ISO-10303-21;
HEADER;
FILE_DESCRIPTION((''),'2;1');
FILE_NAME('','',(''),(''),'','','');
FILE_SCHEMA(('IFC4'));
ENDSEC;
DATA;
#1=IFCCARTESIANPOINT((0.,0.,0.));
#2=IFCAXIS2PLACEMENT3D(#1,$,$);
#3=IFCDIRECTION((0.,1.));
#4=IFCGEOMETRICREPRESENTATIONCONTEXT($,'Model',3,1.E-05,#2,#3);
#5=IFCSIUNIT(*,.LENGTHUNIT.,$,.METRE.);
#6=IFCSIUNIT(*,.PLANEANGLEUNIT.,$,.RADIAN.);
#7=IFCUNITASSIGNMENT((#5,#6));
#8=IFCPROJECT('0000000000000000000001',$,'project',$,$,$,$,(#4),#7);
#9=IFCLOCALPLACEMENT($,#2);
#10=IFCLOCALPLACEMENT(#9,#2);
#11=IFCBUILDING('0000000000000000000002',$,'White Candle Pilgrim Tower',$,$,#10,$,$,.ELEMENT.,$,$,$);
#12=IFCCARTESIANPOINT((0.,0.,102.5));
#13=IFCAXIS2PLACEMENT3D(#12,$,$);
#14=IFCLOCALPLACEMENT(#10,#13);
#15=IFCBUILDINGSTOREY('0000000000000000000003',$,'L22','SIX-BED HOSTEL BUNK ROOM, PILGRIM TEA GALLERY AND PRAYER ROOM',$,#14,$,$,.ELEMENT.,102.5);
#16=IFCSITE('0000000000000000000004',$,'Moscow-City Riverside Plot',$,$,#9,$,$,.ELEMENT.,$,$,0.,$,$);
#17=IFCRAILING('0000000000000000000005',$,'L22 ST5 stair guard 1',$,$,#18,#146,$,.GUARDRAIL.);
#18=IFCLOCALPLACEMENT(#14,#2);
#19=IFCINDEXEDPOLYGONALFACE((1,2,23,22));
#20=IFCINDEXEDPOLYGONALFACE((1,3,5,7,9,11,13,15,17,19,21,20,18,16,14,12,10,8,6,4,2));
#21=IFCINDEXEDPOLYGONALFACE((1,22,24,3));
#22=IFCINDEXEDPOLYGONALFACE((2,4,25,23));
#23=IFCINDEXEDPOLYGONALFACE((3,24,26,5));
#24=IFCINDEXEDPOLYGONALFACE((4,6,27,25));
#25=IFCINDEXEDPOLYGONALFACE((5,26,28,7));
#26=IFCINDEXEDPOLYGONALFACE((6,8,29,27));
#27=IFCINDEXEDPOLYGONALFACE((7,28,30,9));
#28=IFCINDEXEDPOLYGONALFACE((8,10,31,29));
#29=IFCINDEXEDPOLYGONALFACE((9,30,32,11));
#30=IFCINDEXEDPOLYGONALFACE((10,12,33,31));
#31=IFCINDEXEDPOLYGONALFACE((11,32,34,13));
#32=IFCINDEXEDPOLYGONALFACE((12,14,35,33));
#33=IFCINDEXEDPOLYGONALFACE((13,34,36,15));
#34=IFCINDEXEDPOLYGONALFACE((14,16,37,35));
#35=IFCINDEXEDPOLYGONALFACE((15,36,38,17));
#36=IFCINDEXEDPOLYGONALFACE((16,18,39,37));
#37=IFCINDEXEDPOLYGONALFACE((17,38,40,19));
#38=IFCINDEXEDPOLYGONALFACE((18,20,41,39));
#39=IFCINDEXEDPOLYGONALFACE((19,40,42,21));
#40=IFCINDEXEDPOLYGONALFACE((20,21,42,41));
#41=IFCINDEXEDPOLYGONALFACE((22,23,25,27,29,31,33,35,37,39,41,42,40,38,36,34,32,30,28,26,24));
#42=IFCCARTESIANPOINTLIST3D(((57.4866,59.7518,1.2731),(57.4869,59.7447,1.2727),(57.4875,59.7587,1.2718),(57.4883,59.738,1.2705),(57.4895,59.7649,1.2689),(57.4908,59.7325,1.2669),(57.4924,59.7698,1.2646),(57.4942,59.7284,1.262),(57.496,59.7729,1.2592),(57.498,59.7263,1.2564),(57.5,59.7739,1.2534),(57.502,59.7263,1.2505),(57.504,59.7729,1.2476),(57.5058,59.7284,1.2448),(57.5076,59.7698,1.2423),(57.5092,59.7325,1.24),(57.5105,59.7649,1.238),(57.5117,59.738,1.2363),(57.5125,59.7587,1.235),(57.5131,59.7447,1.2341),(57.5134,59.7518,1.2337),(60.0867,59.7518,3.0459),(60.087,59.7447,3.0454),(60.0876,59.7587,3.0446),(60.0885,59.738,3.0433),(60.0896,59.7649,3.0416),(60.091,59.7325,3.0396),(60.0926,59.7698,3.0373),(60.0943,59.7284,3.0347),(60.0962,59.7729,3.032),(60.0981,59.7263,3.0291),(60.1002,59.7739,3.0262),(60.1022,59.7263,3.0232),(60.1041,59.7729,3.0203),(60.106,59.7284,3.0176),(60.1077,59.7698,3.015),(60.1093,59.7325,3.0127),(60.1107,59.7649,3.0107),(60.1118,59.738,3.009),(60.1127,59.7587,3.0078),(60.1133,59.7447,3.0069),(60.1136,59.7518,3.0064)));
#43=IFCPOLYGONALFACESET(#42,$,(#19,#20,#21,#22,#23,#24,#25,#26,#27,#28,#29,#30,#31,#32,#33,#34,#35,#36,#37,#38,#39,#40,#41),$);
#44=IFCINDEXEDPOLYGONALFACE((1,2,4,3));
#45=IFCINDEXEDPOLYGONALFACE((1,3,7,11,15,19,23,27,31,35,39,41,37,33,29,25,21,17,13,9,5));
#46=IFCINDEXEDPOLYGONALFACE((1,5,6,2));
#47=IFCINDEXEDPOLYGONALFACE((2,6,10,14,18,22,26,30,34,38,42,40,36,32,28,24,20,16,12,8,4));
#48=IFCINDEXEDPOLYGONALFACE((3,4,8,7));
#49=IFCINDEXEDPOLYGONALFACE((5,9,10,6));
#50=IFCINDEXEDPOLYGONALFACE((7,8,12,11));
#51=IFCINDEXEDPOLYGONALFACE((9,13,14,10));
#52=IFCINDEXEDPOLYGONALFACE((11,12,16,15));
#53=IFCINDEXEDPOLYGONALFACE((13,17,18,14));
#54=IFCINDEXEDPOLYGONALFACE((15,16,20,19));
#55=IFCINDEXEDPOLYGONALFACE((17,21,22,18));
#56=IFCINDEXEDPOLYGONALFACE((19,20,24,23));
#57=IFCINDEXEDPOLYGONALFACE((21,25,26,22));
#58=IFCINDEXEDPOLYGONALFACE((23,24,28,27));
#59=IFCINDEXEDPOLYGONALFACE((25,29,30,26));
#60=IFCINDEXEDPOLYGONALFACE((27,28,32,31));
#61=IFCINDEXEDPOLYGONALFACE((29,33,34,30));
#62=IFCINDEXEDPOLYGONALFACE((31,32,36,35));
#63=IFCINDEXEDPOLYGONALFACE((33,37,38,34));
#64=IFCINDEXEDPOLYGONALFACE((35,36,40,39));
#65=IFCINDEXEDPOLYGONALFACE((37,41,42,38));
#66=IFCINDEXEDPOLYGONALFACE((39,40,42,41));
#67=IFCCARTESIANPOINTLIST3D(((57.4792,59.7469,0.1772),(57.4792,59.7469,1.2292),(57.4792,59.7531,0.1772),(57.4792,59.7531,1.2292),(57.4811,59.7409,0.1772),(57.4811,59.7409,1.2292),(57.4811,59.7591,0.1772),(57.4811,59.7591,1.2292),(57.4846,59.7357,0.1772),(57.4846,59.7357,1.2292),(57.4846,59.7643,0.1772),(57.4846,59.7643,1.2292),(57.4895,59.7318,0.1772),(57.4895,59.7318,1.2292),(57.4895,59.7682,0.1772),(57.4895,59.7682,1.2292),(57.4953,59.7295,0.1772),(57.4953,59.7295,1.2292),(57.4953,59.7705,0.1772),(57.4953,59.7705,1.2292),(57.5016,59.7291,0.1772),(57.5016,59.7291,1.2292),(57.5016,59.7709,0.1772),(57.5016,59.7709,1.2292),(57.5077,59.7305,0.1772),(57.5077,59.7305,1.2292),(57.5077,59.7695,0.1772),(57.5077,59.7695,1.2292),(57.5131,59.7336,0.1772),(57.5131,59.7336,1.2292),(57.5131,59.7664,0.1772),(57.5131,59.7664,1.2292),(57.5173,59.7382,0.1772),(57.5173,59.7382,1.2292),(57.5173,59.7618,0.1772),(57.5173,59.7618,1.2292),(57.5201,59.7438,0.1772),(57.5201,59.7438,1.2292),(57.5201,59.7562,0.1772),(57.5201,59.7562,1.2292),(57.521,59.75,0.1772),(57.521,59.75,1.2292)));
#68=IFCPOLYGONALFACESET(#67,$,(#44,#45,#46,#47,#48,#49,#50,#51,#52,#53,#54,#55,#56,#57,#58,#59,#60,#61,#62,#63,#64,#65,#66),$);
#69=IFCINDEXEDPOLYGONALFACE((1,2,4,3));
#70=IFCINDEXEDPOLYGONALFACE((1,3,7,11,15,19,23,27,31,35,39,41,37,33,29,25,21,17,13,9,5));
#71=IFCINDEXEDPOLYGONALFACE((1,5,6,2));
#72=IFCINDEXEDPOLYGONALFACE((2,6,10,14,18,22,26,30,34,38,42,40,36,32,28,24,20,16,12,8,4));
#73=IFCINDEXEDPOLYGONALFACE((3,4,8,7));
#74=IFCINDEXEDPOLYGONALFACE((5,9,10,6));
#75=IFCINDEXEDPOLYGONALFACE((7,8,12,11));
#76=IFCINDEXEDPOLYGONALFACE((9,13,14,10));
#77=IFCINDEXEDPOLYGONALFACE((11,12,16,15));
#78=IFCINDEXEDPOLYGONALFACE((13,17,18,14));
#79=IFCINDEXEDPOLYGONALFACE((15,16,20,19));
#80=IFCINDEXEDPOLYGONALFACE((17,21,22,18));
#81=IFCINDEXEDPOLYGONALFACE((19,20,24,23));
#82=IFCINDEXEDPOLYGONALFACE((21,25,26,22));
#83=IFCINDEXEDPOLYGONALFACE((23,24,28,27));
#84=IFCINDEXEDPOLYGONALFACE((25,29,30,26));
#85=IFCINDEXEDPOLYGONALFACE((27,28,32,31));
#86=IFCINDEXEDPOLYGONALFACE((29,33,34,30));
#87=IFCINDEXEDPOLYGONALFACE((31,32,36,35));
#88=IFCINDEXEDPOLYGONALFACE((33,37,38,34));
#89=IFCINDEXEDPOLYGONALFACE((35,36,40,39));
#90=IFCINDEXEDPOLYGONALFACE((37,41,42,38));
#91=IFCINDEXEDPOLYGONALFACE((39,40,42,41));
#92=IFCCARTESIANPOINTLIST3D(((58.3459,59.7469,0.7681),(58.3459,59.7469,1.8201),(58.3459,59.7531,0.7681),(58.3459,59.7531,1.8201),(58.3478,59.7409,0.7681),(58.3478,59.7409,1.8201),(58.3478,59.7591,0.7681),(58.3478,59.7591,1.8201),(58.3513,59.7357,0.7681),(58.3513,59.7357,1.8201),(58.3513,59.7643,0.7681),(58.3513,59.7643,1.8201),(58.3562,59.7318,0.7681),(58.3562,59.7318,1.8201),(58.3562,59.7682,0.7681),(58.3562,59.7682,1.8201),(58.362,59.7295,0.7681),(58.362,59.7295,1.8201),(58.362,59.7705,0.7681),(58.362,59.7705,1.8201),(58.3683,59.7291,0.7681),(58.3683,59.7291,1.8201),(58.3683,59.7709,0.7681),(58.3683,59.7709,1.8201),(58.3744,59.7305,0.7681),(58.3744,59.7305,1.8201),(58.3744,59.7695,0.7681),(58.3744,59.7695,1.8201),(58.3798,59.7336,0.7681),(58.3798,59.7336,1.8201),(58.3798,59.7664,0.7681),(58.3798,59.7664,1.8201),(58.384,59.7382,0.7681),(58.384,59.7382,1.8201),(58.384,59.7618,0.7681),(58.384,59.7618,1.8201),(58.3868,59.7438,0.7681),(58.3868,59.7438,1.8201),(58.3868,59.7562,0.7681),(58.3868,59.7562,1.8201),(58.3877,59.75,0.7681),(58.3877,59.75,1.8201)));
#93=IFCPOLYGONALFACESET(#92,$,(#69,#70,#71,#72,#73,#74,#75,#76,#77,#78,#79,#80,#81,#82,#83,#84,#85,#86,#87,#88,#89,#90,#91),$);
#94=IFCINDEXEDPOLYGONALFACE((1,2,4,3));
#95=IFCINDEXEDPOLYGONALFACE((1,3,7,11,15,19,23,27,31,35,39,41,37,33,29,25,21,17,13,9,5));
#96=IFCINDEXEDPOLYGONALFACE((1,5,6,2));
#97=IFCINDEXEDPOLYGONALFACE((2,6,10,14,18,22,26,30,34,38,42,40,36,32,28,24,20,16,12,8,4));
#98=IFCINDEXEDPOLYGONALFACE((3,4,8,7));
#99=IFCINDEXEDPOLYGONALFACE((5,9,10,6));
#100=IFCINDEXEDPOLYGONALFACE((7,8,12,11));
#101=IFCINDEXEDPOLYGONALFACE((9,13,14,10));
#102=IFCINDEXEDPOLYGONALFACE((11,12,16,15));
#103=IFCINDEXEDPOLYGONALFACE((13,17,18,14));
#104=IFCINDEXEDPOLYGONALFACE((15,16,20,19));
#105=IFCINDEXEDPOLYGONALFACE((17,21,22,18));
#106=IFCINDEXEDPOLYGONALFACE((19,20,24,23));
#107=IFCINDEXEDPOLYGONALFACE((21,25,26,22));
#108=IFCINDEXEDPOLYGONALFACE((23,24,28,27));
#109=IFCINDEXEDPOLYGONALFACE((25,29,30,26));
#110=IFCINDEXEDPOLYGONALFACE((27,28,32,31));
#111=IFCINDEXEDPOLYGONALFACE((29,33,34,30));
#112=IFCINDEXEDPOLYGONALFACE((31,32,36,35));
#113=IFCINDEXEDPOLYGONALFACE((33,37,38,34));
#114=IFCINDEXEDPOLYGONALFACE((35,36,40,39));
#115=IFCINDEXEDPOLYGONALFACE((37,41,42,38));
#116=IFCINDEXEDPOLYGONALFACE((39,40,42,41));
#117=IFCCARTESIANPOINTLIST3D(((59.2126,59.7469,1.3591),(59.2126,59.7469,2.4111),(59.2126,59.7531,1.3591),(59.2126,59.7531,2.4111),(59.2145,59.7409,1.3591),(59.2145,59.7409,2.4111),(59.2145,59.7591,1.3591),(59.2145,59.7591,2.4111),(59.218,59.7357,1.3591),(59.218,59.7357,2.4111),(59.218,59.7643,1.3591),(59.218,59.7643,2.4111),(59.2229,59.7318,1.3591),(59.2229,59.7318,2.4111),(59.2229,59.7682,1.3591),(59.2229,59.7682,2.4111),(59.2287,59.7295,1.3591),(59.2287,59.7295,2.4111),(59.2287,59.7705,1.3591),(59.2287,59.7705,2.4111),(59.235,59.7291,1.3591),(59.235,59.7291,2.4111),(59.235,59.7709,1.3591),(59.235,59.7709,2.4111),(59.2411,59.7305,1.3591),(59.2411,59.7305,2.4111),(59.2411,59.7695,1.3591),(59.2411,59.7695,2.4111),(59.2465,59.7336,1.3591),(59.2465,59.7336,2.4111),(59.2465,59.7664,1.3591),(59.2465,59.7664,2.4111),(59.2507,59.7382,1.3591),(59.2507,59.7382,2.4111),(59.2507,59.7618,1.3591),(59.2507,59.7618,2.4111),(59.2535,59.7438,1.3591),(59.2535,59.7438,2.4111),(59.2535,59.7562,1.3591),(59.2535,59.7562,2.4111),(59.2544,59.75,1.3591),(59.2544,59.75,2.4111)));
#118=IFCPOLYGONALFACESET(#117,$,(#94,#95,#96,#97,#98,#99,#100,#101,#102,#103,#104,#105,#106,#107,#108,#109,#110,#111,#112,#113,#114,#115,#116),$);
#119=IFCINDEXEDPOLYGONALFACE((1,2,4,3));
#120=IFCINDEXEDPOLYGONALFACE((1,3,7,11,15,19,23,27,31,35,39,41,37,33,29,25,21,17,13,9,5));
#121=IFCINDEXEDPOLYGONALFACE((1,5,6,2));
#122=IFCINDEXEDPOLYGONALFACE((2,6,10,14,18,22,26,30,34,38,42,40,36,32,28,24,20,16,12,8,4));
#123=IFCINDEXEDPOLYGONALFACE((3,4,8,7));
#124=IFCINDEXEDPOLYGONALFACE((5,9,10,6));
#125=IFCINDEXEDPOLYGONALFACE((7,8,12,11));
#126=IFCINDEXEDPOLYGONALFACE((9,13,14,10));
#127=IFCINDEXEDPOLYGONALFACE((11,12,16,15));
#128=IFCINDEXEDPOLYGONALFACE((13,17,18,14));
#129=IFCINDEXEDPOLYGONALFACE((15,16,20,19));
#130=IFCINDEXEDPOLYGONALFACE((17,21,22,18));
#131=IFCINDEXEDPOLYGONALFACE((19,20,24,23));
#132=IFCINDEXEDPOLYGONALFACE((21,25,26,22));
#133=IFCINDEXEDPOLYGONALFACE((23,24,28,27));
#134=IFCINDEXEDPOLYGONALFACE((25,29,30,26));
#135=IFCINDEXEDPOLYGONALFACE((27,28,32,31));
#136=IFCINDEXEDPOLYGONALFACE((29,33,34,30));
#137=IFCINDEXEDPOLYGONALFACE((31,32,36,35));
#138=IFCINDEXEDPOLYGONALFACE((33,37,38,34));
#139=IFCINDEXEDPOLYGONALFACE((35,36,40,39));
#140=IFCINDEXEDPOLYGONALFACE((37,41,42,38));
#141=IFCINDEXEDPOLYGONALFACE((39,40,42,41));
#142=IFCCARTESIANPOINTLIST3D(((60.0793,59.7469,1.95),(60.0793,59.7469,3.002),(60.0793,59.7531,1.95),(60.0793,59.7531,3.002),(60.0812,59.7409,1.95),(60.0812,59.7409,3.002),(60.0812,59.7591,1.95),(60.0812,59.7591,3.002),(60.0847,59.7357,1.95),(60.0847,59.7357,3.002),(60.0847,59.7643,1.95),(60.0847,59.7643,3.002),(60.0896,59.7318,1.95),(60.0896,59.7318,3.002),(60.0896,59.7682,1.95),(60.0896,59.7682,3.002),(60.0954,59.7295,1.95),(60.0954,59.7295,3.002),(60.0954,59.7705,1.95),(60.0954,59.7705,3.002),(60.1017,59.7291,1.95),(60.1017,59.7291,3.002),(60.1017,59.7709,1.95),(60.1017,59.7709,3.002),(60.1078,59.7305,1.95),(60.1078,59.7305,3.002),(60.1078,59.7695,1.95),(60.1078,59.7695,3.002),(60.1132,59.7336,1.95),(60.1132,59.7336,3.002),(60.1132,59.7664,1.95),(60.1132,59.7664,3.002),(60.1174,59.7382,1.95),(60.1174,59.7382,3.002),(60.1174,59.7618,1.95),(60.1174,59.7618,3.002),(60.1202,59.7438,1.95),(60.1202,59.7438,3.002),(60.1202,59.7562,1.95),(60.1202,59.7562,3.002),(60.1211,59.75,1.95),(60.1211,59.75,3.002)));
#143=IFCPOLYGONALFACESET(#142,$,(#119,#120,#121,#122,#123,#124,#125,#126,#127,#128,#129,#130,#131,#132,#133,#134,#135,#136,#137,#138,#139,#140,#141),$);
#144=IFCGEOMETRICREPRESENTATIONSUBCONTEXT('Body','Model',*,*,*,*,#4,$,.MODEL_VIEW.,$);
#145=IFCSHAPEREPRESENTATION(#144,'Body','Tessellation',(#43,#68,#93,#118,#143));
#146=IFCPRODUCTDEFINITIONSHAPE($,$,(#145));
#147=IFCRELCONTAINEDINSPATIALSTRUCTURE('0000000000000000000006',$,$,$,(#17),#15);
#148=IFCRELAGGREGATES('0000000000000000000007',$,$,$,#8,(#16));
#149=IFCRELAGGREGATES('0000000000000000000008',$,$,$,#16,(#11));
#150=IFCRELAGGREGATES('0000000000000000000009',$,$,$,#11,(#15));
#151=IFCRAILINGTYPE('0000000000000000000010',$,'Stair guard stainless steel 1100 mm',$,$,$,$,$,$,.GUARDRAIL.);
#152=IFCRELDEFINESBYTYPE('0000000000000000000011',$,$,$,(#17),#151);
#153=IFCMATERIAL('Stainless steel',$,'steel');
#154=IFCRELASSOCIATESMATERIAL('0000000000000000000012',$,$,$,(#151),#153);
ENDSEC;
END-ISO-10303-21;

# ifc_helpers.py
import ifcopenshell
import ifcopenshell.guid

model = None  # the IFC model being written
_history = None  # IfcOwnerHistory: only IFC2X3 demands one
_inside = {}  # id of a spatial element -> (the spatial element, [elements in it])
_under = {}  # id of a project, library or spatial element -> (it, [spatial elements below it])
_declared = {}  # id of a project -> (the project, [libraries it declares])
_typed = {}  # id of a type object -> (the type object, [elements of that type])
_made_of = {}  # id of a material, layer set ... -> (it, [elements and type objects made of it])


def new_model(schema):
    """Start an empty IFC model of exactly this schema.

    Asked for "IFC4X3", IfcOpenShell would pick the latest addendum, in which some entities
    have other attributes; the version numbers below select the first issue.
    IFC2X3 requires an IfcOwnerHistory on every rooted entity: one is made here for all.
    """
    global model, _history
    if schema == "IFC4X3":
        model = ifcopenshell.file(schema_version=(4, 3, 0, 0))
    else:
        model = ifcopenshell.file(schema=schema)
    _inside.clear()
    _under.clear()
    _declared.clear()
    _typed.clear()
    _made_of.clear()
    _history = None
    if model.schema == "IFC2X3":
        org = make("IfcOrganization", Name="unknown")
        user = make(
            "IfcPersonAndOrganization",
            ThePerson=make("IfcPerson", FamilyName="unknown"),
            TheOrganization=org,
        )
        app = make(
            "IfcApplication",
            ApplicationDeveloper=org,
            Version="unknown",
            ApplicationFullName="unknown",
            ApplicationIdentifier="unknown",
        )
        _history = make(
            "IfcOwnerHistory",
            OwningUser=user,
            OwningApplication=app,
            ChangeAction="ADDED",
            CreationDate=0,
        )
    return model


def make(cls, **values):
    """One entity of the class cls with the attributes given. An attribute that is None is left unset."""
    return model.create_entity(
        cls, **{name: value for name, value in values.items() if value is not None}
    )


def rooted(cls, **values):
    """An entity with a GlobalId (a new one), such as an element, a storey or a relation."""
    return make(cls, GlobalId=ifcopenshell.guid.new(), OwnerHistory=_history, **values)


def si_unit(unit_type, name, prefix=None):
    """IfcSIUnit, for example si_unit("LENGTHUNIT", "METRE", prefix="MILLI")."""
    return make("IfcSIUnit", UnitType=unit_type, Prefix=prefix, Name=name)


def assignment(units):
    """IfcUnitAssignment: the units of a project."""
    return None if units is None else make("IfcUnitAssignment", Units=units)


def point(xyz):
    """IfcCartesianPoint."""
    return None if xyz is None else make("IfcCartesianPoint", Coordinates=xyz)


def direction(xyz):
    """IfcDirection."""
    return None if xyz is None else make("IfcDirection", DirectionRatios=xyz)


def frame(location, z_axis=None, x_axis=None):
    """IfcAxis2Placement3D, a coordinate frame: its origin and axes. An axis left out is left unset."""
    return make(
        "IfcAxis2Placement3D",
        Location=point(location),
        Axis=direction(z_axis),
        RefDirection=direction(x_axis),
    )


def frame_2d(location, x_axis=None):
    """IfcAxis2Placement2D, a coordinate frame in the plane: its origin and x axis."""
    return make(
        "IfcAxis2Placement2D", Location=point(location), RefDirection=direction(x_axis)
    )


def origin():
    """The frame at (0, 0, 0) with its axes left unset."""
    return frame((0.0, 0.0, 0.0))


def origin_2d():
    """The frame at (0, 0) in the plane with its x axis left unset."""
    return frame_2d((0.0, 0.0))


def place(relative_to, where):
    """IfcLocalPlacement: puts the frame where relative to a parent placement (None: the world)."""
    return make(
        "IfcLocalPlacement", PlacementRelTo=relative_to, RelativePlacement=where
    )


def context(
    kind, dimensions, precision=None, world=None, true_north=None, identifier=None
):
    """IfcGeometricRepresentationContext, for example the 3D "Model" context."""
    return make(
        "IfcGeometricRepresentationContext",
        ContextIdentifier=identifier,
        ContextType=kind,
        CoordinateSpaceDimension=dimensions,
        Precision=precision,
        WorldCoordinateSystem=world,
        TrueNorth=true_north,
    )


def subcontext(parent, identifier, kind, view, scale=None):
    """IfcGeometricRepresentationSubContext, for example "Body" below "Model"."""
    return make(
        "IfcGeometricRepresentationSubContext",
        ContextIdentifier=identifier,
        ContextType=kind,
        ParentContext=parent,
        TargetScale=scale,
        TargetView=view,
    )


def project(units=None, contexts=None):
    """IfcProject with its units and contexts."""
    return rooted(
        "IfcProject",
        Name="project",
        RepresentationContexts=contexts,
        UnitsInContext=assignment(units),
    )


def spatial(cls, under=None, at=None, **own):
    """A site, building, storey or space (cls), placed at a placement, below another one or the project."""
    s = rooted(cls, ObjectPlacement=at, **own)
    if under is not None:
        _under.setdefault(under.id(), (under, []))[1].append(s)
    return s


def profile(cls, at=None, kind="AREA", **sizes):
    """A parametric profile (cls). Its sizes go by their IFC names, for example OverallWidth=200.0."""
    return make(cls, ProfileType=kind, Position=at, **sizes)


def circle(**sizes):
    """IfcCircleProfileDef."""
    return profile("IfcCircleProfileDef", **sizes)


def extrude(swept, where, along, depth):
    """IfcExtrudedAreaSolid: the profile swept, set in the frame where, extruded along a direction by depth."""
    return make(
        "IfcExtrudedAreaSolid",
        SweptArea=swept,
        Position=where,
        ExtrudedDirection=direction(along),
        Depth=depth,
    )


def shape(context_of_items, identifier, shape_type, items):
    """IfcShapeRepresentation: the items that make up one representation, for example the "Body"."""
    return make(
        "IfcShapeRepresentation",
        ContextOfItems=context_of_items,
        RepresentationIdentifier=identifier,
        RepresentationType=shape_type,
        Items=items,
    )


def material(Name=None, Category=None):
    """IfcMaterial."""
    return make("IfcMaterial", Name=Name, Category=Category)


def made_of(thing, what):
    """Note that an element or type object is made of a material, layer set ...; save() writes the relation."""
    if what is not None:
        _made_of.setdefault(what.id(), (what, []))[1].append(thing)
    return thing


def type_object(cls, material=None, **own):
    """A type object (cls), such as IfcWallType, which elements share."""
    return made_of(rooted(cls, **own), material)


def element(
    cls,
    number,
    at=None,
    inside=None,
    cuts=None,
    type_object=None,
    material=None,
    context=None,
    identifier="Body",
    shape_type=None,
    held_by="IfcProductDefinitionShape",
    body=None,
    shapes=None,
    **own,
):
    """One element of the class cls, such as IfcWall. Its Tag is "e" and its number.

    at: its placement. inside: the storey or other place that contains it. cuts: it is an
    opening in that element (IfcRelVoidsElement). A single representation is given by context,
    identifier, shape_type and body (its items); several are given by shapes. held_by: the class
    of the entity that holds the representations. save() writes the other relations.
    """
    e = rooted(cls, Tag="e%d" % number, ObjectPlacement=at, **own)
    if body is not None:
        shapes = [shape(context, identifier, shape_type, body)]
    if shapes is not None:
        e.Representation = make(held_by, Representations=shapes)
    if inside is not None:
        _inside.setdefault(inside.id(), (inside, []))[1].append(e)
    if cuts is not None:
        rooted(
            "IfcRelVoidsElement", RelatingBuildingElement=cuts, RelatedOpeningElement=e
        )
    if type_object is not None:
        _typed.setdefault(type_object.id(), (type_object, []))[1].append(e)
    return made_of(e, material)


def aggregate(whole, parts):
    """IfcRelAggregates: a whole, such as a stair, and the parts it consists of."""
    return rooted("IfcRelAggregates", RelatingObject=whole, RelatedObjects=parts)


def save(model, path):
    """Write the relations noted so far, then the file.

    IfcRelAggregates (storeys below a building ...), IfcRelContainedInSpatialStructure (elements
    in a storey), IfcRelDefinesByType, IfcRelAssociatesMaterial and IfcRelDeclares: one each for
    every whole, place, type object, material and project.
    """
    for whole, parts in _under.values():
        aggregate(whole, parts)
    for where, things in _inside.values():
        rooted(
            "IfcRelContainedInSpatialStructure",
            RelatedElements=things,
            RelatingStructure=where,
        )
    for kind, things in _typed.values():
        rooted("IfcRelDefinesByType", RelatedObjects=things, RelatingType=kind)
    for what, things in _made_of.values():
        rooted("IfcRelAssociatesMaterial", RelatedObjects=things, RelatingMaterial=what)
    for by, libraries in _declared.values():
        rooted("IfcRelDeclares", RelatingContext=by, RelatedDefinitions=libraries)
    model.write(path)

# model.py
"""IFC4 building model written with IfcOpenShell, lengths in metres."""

from ifc_helpers import new_model, si_unit, direction, frame, origin, origin_2d, place, context, subcontext, project, spatial, circle, extrude, material, type_object, element, save


model = new_model("IFC4")

# Units and contexts
model_context = context("Model", 3, precision=1e-05, world=origin(), true_north=direction((0.0, 1.0)))
body_context = subcontext(model_context, "Body", "Model", "MODEL_VIEW")
ifc_project = project(units=[si_unit("LENGTHUNIT", "METRE"), si_unit("PLANEANGLEUNIT", "RADIAN")], contexts=[model_context])

# Site, building, storey
site_placement = place(None, origin())
site = spatial("IfcSite", under=ifc_project, at=site_placement, Name="Moscow-City Riverside Plot", CompositionType="ELEMENT", RefElevation=0.0)
building_placement = place(site_placement, origin())
building = spatial("IfcBuilding", under=site, at=building_placement, Name="White Candle Pilgrim Tower", CompositionType="ELEMENT")
storey_placement = place(building_placement, frame((0.0, 0.0, 102.5)))
storey = spatial("IfcBuildingStorey", under=building, at=storey_placement, Name="L22", Description="SIX-BED HOSTEL BUNK ROOM, PILGRIM TEA GALLERY AND PRAYER ROOM", CompositionType="ELEMENT", Elevation=102.5)

# Railing
ifc_material_1 = material(Name="Stainless steel", Category="steel")
railing_type_1 = type_object("IfcRailingType", Name="Stair guard stainless steel 1100 mm", PredefinedType="GUARDRAIL", material=ifc_material_1)
railing_1_placement = place(storey_placement, frame((57.5, 59.75, 0.1772)))
element("IfcRailing", 1, at=railing_1_placement, inside=storey, type_object=railing_type_1, Name="L22 ST5 stair guard 1", PredefinedType="GUARDRAIL", context=body_context, shape_type="SweptSolid", body=[
    extrude(circle(Radius=0.0239, at=origin_2d()), frame((0.0, 0.0, 1.0762), z_axis=(0.82624, 0.0, 0.563318), x_axis=(0.0, 1.0, 0.0)), (0.0, 0.0, 1.0), 3.147),
    extrude(circle(Radius=0.021, at=origin_2d()), origin(), (0.0, 0.0, 1.0), 1.052),
    extrude(circle(Radius=0.021, at=origin_2d()), frame((0.8667, 0.0, 0.5908)), (0.0, 0.0, 1.0), 1.052),
    extrude(circle(Radius=0.021, at=origin_2d()), frame((1.7334, 0.0, 1.1819)), (0.0, 0.0, 1.0), 1.052),
    extrude(circle(Radius=0.021, at=origin_2d()), frame((2.6001, 0.0, 1.7727)), (0.0, 0.0, 1.0), 1.052),
])

save(model, "model.ifc")
